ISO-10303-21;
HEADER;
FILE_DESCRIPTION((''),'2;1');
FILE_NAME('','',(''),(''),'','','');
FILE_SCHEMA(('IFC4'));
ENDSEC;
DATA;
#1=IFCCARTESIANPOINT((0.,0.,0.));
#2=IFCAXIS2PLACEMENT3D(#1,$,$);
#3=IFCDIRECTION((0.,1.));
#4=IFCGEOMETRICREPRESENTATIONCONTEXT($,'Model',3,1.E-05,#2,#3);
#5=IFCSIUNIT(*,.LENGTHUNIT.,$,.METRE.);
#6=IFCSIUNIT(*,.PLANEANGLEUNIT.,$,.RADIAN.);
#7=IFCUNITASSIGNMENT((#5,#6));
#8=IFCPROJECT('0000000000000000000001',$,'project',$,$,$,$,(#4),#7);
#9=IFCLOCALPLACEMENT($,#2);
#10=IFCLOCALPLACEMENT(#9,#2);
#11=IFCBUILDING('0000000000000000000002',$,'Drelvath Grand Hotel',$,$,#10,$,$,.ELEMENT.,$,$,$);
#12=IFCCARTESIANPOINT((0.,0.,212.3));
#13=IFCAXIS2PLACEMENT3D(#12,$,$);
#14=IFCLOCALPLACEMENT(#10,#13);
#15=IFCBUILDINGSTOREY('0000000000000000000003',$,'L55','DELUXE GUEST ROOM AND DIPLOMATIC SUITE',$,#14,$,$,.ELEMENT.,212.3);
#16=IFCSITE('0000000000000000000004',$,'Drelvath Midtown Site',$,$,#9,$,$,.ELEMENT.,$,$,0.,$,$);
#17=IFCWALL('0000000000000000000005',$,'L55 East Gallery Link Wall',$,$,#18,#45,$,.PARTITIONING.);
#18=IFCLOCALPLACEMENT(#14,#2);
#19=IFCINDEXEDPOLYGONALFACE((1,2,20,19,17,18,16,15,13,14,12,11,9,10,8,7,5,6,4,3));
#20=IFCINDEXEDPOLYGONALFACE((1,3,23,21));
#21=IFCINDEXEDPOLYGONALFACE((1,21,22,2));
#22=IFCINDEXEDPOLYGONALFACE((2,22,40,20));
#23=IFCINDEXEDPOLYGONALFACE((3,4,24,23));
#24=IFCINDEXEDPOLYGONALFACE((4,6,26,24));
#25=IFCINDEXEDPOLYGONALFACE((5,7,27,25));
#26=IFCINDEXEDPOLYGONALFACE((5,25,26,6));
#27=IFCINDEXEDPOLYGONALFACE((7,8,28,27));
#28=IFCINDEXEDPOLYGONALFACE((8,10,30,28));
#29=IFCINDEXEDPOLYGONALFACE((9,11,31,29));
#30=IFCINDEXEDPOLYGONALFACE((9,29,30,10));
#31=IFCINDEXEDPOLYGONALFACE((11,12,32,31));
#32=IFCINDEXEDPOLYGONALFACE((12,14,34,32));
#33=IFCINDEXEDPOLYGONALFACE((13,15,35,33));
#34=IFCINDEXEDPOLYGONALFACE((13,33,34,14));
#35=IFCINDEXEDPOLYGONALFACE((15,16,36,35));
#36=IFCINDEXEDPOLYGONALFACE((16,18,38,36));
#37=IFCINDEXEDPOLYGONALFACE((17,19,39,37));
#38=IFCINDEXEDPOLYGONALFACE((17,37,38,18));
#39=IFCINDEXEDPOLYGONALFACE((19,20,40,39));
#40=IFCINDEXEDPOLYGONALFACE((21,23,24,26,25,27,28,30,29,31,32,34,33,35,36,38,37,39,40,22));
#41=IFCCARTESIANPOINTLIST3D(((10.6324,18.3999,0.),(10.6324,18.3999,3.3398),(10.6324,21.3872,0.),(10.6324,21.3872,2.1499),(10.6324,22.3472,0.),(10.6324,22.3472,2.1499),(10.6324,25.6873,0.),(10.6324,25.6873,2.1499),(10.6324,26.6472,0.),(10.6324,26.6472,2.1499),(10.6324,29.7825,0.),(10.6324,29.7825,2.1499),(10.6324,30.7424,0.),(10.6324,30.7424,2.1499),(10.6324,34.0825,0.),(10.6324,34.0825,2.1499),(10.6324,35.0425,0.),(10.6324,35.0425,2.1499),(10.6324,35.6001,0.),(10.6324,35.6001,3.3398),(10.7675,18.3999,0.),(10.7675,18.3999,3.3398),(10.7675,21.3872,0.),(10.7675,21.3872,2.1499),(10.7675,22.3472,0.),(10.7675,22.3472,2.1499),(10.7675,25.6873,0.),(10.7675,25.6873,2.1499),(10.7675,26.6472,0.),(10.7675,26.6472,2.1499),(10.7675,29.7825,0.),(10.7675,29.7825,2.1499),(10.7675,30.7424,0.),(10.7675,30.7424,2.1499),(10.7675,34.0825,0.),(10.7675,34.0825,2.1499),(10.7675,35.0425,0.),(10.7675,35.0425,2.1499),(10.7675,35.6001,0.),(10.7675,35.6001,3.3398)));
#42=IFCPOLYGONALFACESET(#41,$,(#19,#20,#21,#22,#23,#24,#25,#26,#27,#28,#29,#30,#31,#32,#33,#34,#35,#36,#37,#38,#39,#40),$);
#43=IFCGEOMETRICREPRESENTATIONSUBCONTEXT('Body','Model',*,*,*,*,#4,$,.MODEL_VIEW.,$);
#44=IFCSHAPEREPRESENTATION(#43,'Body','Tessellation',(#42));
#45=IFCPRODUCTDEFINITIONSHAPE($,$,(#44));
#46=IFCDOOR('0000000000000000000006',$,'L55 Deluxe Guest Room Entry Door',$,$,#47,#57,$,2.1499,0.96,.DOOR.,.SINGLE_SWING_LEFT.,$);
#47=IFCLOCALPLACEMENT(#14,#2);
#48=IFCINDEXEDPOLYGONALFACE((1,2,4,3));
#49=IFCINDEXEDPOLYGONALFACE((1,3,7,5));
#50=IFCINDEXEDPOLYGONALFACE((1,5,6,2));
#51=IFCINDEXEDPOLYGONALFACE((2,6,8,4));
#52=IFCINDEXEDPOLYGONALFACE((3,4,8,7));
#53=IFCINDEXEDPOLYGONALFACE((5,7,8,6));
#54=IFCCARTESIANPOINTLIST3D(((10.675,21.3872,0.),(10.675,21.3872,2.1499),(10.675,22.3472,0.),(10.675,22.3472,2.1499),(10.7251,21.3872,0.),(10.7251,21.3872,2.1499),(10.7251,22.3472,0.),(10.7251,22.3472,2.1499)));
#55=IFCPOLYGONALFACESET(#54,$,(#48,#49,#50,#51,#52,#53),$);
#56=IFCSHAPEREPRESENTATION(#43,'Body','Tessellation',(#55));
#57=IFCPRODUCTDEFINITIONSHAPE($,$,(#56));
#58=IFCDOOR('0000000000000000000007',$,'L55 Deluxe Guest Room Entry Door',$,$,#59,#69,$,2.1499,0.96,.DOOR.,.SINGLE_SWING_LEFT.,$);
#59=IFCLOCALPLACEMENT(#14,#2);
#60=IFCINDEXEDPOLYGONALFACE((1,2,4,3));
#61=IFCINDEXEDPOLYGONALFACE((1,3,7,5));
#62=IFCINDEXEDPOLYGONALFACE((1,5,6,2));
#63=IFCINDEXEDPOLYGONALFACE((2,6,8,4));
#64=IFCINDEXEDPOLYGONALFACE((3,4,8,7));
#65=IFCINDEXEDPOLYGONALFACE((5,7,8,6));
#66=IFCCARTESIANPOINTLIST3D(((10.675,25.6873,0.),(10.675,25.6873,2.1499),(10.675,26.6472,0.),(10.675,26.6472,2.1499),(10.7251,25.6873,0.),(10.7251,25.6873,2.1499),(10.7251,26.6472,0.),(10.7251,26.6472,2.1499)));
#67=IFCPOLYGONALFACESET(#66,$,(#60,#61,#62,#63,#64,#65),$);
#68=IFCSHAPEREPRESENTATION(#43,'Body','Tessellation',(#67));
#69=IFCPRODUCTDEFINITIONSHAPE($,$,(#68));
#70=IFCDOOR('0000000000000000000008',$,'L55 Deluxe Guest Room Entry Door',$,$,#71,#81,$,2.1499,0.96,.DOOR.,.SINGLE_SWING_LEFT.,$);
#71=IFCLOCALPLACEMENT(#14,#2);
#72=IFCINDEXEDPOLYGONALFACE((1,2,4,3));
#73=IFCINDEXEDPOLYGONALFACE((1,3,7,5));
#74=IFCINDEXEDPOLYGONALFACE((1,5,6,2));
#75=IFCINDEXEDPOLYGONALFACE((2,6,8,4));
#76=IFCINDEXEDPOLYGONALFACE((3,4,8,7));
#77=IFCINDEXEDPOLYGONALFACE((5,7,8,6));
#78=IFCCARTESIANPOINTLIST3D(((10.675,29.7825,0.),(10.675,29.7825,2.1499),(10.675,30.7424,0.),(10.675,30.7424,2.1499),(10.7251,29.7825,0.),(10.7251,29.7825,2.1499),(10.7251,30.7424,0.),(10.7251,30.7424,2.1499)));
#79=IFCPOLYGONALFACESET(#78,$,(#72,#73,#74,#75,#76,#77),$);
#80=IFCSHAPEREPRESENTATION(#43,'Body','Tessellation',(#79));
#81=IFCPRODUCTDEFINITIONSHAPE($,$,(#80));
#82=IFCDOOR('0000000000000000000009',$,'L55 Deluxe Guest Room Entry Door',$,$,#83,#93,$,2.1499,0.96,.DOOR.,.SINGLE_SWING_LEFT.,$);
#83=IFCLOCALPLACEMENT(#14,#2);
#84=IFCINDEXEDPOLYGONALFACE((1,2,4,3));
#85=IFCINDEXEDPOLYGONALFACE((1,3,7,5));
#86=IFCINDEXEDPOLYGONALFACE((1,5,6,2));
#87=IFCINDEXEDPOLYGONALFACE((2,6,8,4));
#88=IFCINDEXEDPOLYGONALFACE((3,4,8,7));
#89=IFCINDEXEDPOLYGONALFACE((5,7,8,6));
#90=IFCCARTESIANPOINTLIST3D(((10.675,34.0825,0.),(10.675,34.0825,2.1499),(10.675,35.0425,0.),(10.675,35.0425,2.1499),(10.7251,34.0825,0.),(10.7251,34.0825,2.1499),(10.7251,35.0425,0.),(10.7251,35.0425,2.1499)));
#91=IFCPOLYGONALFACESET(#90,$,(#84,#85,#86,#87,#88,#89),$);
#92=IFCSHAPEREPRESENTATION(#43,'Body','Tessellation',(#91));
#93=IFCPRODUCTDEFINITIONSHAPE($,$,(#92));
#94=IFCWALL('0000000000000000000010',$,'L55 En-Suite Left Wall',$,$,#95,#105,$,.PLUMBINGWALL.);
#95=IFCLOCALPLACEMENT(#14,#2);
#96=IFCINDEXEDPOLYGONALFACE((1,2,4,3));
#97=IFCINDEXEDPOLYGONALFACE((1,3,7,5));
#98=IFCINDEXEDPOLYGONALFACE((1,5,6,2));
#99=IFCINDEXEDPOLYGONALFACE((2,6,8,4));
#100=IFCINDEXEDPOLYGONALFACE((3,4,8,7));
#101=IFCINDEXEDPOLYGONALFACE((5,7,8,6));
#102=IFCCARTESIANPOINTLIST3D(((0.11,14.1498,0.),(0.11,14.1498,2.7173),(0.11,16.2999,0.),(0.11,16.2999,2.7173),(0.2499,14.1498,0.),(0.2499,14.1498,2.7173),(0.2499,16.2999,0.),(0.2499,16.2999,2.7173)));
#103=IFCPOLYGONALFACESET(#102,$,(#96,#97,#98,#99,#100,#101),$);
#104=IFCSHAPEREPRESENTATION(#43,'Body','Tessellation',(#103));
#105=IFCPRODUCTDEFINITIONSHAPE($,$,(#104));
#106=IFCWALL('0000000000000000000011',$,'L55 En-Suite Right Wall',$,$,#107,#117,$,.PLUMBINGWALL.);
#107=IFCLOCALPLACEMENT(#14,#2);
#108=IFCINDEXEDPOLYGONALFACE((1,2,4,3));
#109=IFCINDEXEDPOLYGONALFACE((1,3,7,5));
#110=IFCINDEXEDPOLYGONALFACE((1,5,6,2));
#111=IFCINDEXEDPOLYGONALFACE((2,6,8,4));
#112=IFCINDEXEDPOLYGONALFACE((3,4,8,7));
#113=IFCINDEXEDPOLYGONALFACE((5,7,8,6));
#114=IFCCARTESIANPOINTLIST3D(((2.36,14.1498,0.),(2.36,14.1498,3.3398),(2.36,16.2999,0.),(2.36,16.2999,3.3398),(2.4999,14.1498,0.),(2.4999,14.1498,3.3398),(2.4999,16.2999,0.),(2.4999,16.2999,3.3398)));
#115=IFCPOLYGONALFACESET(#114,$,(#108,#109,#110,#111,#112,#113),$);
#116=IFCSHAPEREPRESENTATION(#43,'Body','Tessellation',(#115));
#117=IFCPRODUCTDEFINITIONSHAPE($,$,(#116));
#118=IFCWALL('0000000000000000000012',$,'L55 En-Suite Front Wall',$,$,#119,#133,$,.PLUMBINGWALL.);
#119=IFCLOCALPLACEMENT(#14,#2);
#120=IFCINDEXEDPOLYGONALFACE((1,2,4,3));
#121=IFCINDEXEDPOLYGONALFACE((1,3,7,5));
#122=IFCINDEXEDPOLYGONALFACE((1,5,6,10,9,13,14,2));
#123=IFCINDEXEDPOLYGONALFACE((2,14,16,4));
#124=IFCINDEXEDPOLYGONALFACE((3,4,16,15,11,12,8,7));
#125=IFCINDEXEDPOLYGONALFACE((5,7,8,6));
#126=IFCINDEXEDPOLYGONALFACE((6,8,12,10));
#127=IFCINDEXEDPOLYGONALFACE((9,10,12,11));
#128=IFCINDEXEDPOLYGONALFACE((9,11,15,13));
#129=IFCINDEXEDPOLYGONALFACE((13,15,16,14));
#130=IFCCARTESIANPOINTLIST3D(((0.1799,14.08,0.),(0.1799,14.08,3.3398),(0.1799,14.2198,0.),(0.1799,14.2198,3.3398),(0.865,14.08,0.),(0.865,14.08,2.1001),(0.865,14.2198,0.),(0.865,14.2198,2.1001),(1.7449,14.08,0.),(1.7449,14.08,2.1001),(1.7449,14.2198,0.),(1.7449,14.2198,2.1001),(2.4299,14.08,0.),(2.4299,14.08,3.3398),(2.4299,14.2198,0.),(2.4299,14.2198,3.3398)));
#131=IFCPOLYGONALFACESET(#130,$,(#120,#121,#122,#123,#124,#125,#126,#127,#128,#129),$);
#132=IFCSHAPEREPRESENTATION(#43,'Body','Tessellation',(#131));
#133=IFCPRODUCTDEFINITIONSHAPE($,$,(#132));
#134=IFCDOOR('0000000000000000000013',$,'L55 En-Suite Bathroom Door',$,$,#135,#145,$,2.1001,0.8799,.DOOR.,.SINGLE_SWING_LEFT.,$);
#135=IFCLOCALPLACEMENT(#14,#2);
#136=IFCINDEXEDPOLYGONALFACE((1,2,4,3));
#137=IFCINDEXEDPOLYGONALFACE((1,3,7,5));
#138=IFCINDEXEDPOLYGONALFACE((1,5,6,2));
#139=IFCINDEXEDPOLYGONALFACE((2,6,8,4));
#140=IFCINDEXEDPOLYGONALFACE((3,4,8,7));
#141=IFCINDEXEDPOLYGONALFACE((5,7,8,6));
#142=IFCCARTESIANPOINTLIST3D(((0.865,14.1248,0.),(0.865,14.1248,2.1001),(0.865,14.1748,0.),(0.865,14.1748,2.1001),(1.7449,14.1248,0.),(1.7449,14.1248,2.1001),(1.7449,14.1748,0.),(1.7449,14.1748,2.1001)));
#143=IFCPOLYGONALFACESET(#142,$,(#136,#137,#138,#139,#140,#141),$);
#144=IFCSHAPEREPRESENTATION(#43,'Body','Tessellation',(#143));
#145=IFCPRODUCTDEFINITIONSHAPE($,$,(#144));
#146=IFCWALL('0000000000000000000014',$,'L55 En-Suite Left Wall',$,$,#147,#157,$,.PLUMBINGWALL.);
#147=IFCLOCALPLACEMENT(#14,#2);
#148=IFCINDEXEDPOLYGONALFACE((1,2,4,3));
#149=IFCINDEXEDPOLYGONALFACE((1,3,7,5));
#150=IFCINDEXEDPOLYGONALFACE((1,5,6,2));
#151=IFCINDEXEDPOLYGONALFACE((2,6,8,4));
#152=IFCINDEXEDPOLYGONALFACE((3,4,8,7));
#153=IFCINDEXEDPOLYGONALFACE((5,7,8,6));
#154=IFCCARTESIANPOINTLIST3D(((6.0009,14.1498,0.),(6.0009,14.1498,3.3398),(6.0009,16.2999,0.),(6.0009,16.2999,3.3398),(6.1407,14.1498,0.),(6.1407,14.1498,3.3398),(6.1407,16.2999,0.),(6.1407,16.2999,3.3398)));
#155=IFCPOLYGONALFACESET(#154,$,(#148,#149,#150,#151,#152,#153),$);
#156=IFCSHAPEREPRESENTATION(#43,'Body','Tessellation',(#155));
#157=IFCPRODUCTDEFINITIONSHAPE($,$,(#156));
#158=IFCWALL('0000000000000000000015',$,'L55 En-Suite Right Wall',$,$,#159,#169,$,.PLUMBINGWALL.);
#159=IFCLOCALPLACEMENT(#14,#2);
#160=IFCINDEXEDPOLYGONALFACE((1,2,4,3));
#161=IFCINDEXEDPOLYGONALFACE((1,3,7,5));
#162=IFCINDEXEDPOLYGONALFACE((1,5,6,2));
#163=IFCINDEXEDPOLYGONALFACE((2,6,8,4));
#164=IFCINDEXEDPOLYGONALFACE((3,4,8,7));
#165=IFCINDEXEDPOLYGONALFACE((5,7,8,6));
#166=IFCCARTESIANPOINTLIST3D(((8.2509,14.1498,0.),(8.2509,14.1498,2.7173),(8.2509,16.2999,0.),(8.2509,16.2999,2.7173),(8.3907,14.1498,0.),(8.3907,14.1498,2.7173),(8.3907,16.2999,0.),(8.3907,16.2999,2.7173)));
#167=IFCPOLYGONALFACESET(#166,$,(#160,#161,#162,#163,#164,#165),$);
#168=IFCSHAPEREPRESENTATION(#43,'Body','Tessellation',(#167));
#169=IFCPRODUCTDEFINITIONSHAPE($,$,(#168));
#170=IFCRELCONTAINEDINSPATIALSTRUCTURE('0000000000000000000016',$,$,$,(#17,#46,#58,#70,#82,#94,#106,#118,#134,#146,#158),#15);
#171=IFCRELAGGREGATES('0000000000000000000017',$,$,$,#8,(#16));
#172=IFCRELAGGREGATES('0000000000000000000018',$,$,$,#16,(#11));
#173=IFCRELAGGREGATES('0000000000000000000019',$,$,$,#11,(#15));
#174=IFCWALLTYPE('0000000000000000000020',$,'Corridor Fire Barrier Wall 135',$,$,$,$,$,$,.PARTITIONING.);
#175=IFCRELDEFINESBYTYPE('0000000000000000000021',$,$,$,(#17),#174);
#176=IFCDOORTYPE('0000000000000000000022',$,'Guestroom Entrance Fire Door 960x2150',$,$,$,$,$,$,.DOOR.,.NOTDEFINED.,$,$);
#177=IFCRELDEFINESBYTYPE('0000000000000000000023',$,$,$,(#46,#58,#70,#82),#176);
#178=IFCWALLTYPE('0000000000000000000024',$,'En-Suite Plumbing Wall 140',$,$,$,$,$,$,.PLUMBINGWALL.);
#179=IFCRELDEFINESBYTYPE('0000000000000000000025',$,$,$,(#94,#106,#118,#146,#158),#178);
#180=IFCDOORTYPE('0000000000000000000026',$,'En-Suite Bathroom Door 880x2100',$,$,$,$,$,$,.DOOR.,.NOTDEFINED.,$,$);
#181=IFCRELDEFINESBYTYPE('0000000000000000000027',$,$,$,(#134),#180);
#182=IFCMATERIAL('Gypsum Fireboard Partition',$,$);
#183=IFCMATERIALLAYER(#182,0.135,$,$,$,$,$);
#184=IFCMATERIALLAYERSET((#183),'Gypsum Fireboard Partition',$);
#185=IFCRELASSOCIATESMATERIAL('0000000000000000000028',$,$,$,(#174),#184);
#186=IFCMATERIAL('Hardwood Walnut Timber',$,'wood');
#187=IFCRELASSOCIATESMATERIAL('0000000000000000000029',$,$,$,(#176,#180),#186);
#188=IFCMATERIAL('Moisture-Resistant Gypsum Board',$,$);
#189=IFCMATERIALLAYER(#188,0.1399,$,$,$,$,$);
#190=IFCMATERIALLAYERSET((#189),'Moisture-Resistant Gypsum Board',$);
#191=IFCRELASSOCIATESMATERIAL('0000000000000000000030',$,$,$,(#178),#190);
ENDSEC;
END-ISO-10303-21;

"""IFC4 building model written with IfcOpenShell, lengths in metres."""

from ifc_helpers import new_model, si_unit, direction, frame, frame_2d, origin, place, context, subcontext, project, spatial, rectangle, extrude, material, layer, layer_set, type_object, element, fill, save


model = new_model("IFC4")

# Units and contexts
model_context = context("Model", 3, precision=1e-05, world=origin(), true_north=direction((0.0, 1.0)))
body_context = subcontext(model_context, "Body", "Model", "MODEL_VIEW")
ifc_project = project(units=[si_unit("LENGTHUNIT", "METRE"), si_unit("PLANEANGLEUNIT", "RADIAN")], contexts=[model_context])

# Site, building, storey
site_placement = place(None, origin())
site = spatial("IfcSite", under=ifc_project, at=site_placement, Name="Drelvath Midtown Site", CompositionType="ELEMENT", RefElevation=0.0)
building_placement = place(site_placement, origin())
building = spatial("IfcBuilding", under=site, at=building_placement, Name="Drelvath Grand Hotel", CompositionType="ELEMENT")
storey_placement = place(building_placement, frame((0.0, 0.0, 212.3)))
storey = spatial("IfcBuildingStorey", under=building, at=storey_placement, Name="L55", Description="DELUXE GUEST ROOM AND DIPLOMATIC SUITE", CompositionType="ELEMENT", Elevation=212.3)

# Shared definitions
ifc_material_1 = material(Name="Gypsum Fireboard Partition")
ifc_layer_1 = layer(ifc_material_1, 0.135)
ifc_layer_set_1 = layer_set([ifc_layer_1], Name="Gypsum Fireboard Partition")
wall_type_1 = type_object("IfcWallType", Name="Corridor Fire Barrier Wall 135", PredefinedType="PARTITIONING", material=ifc_layer_set_1)

# Wall, openings, doors
wall_1_placement = place(storey_placement, frame((10.7, 18.3999, 0.0), z_axis=(0.0, 0.0, 1.0), x_axis=(0.0, 1.0, 0.0)))
wall_1 = element("IfcWall", 1, at=wall_1_placement, inside=storey, type_object=wall_type_1, Name="L55 East Gallery Link Wall", PredefinedType="PARTITIONING", context=body_context, shape_type="SweptSolid", body=[
    extrude(rectangle(XDim=17.2002, YDim=0.135, at=frame_2d((8.6001, 0.0))), origin(), (0.0, 0.0, 1.0), 3.3398),
])
opening_1_placement = place(wall_1_placement, frame((2.9873, 0.0, 0.0)))
opening_1 = element("IfcOpeningElement", 2, at=opening_1_placement, cuts=wall_1, PredefinedType="OPENING", context=body_context, shape_type="SweptSolid", body=[
    extrude(rectangle(XDim=0.96, YDim=2.1499, at=frame_2d((0.48, 1.075))), frame((0.0, 0.0774, 0.0), z_axis=(0.0, -1.0, 0.0), x_axis=(1.0, 0.0, 0.0)), (0.0, 0.0, 1.0), 0.155),
])
opening_2_placement = place(wall_1_placement, frame((7.2874, 0.0, 0.0)))
opening_2 = element("IfcOpeningElement", 3, at=opening_2_placement, cuts=wall_1, PredefinedType="OPENING", context=body_context, shape_type="SweptSolid", body=[
    extrude(rectangle(XDim=0.96, YDim=2.1499, at=frame_2d((0.48, 1.075))), frame((0.0, 0.0774, 0.0), z_axis=(0.0, -1.0, 0.0), x_axis=(1.0, 0.0, 0.0)), (0.0, 0.0, 1.0), 0.155),
])
opening_3_placement = place(wall_1_placement, frame((11.3826, 0.0, 0.0)))
opening_3 = element("IfcOpeningElement", 4, at=opening_3_placement, cuts=wall_1, PredefinedType="OPENING", context=body_context, shape_type="SweptSolid", body=[
    extrude(rectangle(XDim=0.96, YDim=2.1499, at=frame_2d((0.48, 1.075))), frame((0.0, 0.0774, 0.0), z_axis=(0.0, -1.0, 0.0), x_axis=(1.0, 0.0, 0.0)), (0.0, 0.0, 1.0), 0.155),
])
opening_4_placement = place(wall_1_placement, frame((15.6826, 0.0, 0.0)))
opening_4 = element("IfcOpeningElement", 5, at=opening_4_placement, cuts=wall_1, PredefinedType="OPENING", context=body_context, shape_type="SweptSolid", body=[
    extrude(rectangle(XDim=0.96, YDim=2.1499, at=frame_2d((0.48, 1.075))), frame((0.0, 0.0774, 0.0), z_axis=(0.0, -1.0, 0.0), x_axis=(1.0, 0.0, 0.0)), (0.0, 0.0, 1.0), 0.155),
])
ifc_material_2 = material(Name="Hardwood Walnut Timber", Category="wood")
door_type_1 = type_object("IfcDoorType", Name="Guestroom Entrance Fire Door 960x2150", OperationType="NOTDEFINED", PredefinedType="DOOR", material=ifc_material_2)
door_1_placement = place(opening_1_placement, origin())
door_1 = element("IfcDoor", 6, at=door_1_placement, inside=storey, type_object=door_type_1, Name="L55 Deluxe Guest Room Entry Door", OperationType="SINGLE_SWING_LEFT", OverallHeight=2.1499, OverallWidth=0.96, PredefinedType="DOOR", context=body_context, shape_type="SweptSolid", body=[
    extrude(rectangle(XDim=0.96, YDim=2.1499, at=frame_2d((0.48, 1.075))), frame((0.0, 0.0249, 0.0), z_axis=(0.0, -1.0, 0.0), x_axis=(1.0, 0.0, 0.0)), (0.0, 0.0, 1.0), 0.05),
])
fill(opening_1, door_1)
door_2_placement = place(opening_2_placement, origin())
door_2 = element("IfcDoor", 7, at=door_2_placement, inside=storey, type_object=door_type_1, Name="L55 Deluxe Guest Room Entry Door", OperationType="SINGLE_SWING_LEFT", OverallHeight=2.1499, OverallWidth=0.96, PredefinedType="DOOR", context=body_context, shape_type="SweptSolid", body=[
    extrude(rectangle(XDim=0.96, YDim=2.1499, at=frame_2d((0.48, 1.075))), frame((0.0, 0.0249, 0.0), z_axis=(0.0, -1.0, 0.0), x_axis=(1.0, 0.0, 0.0)), (0.0, 0.0, 1.0), 0.05),
])
fill(opening_2, door_2)
door_3_placement = place(opening_3_placement, origin())
door_3 = element("IfcDoor", 8, at=door_3_placement, inside=storey, type_object=door_type_1, Name="L55 Deluxe Guest Room Entry Door", OperationType="SINGLE_SWING_LEFT", OverallHeight=2.1499, OverallWidth=0.96, PredefinedType="DOOR", context=body_context, shape_type="SweptSolid", body=[
    extrude(rectangle(XDim=0.96, YDim=2.1499, at=frame_2d((0.48, 1.075))), frame((0.0, 0.0249, 0.0), z_axis=(0.0, -1.0, 0.0), x_axis=(1.0, 0.0, 0.0)), (0.0, 0.0, 1.0), 0.05),
])
fill(opening_3, door_3)
door_4_placement = place(opening_4_placement, origin())
door_4 = element("IfcDoor", 9, at=door_4_placement, inside=storey, type_object=door_type_1, Name="L55 Deluxe Guest Room Entry Door", OperationType="SINGLE_SWING_LEFT", OverallHeight=2.1499, OverallWidth=0.96, PredefinedType="DOOR", context=body_context, shape_type="SweptSolid", body=[
    extrude(rectangle(XDim=0.96, YDim=2.1499, at=frame_2d((0.48, 1.075))), frame((0.0, 0.0249, 0.0), z_axis=(0.0, -1.0, 0.0), x_axis=(1.0, 0.0, 0.0)), (0.0, 0.0, 1.0), 0.05),
])
fill(opening_4, door_4)

# Walls
ifc_material_3 = material(Name="Moisture-Resistant Gypsum Board")
ifc_layer_2 = layer(ifc_material_3, 0.1399)
ifc_layer_set_2 = layer_set([ifc_layer_2], Name="Moisture-Resistant Gypsum Board")
wall_type_2 = type_object("IfcWallType", Name="En-Suite Plumbing Wall 140", PredefinedType="PLUMBINGWALL", material=ifc_layer_set_2)
wall_2_placement = place(storey_placement, frame((0.1799, 16.3, 0.0), z_axis=(0.0, 0.0, 1.0), x_axis=(0.0, -1.0, 0.0)))
element("IfcWall", 10, at=wall_2_placement, inside=storey, type_object=wall_type_2, Name="L55 En-Suite Left Wall", PredefinedType="PLUMBINGWALL", context=body_context, shape_type="SweptSolid", body=[
    extrude(rectangle(XDim=2.1501, YDim=0.1399, at=frame_2d((1.0752, 0.0))), origin(), (0.0, 0.0, 1.0), 2.7173),
])
wall_3_placement = place(storey_placement, frame((2.4299, 16.3, 0.0), z_axis=(0.0, 0.0, 1.0), x_axis=(0.0, -1.0, 0.0)))
element("IfcWall", 11, at=wall_3_placement, inside=storey, type_object=wall_type_2, Name="L55 En-Suite Right Wall", PredefinedType="PLUMBINGWALL", context=body_context, shape_type="SweptSolid", body=[
    extrude(rectangle(XDim=2.1501, YDim=0.1399, at=frame_2d((1.0752, 0.0))), origin(), (0.0, 0.0, 1.0), 3.3398),
])

# Wall, opening, door
wall_4_placement = place(storey_placement, frame((0.1799, 14.1499, 0.0), z_axis=(0.0, 0.0, 1.0), x_axis=(1.0, 0.0, 0.0)))
wall_4 = element("IfcWall", 12, at=wall_4_placement, inside=storey, type_object=wall_type_2, Name="L55 En-Suite Front Wall", PredefinedType="PLUMBINGWALL", context=body_context, shape_type="SweptSolid", body=[
    extrude(rectangle(XDim=2.25, YDim=0.1399, at=frame_2d((1.125, 0.0))), origin(), (0.0, 0.0, 1.0), 3.3398),
])
opening_5_placement = place(wall_4_placement, frame((0.6851, 0.0, 0.0)))
opening_5 = element("IfcOpeningElement", 13, at=opening_5_placement, cuts=wall_4, PredefinedType="OPENING", context=body_context, shape_type="SweptSolid", body=[
    extrude(rectangle(XDim=0.8799, YDim=2.1001, at=frame_2d((0.4399, 1.05))), frame((0.0, 0.0798, 0.0), z_axis=(0.0, -1.0, 0.0), x_axis=(1.0, 0.0, 0.0)), (0.0, 0.0, 1.0), 0.1599),
])
door_type_2 = type_object("IfcDoorType", Name="En-Suite Bathroom Door 880x2100", OperationType="NOTDEFINED", PredefinedType="DOOR", material=ifc_material_2)
door_5_placement = place(opening_5_placement, origin())
door_5 = element("IfcDoor", 14, at=door_5_placement, inside=storey, type_object=door_type_2, Name="L55 En-Suite Bathroom Door", OperationType="SINGLE_SWING_LEFT", OverallHeight=2.1001, OverallWidth=0.8799, PredefinedType="DOOR", context=body_context, shape_type="SweptSolid", body=[
    extrude(rectangle(XDim=0.8799, YDim=2.1001, at=frame_2d((0.4399, 1.05))), frame((0.0, 0.0249, 0.0), z_axis=(0.0, -1.0, 0.0), x_axis=(1.0, 0.0, 0.0)), (0.0, 0.0, 1.0), 0.05),
])
fill(opening_5, door_5)

# Walls
wall_5_placement = place(storey_placement, frame((6.0708, 16.3, 0.0), z_axis=(0.0, 0.0, 1.0), x_axis=(0.0, -1.0, 0.0)))
element("IfcWall", 15, at=wall_5_placement, inside=storey, type_object=wall_type_2, Name="L55 En-Suite Left Wall", PredefinedType="PLUMBINGWALL", context=body_context, shape_type="SweptSolid", body=[
    extrude(rectangle(XDim=2.1501, YDim=0.1399, at=frame_2d((1.0752, 0.0))), origin(), (0.0, 0.0, 1.0), 3.3398),
])
wall_6_placement = place(storey_placement, frame((8.3208, 16.3, 0.0), z_axis=(0.0, 0.0, 1.0), x_axis=(0.0, -1.0, 0.0)))
element("IfcWall", 16, at=wall_6_placement, inside=storey, type_object=wall_type_2, Name="L55 En-Suite Right Wall", PredefinedType="PLUMBINGWALL", context=body_context, shape_type="SweptSolid", body=[
    extrude(rectangle(XDim=2.1501, YDim=0.1399, at=frame_2d((1.0752, 0.0))), origin(), (0.0, 0.0, 1.0), 2.7173),
])

save(model, "model.ifc")
